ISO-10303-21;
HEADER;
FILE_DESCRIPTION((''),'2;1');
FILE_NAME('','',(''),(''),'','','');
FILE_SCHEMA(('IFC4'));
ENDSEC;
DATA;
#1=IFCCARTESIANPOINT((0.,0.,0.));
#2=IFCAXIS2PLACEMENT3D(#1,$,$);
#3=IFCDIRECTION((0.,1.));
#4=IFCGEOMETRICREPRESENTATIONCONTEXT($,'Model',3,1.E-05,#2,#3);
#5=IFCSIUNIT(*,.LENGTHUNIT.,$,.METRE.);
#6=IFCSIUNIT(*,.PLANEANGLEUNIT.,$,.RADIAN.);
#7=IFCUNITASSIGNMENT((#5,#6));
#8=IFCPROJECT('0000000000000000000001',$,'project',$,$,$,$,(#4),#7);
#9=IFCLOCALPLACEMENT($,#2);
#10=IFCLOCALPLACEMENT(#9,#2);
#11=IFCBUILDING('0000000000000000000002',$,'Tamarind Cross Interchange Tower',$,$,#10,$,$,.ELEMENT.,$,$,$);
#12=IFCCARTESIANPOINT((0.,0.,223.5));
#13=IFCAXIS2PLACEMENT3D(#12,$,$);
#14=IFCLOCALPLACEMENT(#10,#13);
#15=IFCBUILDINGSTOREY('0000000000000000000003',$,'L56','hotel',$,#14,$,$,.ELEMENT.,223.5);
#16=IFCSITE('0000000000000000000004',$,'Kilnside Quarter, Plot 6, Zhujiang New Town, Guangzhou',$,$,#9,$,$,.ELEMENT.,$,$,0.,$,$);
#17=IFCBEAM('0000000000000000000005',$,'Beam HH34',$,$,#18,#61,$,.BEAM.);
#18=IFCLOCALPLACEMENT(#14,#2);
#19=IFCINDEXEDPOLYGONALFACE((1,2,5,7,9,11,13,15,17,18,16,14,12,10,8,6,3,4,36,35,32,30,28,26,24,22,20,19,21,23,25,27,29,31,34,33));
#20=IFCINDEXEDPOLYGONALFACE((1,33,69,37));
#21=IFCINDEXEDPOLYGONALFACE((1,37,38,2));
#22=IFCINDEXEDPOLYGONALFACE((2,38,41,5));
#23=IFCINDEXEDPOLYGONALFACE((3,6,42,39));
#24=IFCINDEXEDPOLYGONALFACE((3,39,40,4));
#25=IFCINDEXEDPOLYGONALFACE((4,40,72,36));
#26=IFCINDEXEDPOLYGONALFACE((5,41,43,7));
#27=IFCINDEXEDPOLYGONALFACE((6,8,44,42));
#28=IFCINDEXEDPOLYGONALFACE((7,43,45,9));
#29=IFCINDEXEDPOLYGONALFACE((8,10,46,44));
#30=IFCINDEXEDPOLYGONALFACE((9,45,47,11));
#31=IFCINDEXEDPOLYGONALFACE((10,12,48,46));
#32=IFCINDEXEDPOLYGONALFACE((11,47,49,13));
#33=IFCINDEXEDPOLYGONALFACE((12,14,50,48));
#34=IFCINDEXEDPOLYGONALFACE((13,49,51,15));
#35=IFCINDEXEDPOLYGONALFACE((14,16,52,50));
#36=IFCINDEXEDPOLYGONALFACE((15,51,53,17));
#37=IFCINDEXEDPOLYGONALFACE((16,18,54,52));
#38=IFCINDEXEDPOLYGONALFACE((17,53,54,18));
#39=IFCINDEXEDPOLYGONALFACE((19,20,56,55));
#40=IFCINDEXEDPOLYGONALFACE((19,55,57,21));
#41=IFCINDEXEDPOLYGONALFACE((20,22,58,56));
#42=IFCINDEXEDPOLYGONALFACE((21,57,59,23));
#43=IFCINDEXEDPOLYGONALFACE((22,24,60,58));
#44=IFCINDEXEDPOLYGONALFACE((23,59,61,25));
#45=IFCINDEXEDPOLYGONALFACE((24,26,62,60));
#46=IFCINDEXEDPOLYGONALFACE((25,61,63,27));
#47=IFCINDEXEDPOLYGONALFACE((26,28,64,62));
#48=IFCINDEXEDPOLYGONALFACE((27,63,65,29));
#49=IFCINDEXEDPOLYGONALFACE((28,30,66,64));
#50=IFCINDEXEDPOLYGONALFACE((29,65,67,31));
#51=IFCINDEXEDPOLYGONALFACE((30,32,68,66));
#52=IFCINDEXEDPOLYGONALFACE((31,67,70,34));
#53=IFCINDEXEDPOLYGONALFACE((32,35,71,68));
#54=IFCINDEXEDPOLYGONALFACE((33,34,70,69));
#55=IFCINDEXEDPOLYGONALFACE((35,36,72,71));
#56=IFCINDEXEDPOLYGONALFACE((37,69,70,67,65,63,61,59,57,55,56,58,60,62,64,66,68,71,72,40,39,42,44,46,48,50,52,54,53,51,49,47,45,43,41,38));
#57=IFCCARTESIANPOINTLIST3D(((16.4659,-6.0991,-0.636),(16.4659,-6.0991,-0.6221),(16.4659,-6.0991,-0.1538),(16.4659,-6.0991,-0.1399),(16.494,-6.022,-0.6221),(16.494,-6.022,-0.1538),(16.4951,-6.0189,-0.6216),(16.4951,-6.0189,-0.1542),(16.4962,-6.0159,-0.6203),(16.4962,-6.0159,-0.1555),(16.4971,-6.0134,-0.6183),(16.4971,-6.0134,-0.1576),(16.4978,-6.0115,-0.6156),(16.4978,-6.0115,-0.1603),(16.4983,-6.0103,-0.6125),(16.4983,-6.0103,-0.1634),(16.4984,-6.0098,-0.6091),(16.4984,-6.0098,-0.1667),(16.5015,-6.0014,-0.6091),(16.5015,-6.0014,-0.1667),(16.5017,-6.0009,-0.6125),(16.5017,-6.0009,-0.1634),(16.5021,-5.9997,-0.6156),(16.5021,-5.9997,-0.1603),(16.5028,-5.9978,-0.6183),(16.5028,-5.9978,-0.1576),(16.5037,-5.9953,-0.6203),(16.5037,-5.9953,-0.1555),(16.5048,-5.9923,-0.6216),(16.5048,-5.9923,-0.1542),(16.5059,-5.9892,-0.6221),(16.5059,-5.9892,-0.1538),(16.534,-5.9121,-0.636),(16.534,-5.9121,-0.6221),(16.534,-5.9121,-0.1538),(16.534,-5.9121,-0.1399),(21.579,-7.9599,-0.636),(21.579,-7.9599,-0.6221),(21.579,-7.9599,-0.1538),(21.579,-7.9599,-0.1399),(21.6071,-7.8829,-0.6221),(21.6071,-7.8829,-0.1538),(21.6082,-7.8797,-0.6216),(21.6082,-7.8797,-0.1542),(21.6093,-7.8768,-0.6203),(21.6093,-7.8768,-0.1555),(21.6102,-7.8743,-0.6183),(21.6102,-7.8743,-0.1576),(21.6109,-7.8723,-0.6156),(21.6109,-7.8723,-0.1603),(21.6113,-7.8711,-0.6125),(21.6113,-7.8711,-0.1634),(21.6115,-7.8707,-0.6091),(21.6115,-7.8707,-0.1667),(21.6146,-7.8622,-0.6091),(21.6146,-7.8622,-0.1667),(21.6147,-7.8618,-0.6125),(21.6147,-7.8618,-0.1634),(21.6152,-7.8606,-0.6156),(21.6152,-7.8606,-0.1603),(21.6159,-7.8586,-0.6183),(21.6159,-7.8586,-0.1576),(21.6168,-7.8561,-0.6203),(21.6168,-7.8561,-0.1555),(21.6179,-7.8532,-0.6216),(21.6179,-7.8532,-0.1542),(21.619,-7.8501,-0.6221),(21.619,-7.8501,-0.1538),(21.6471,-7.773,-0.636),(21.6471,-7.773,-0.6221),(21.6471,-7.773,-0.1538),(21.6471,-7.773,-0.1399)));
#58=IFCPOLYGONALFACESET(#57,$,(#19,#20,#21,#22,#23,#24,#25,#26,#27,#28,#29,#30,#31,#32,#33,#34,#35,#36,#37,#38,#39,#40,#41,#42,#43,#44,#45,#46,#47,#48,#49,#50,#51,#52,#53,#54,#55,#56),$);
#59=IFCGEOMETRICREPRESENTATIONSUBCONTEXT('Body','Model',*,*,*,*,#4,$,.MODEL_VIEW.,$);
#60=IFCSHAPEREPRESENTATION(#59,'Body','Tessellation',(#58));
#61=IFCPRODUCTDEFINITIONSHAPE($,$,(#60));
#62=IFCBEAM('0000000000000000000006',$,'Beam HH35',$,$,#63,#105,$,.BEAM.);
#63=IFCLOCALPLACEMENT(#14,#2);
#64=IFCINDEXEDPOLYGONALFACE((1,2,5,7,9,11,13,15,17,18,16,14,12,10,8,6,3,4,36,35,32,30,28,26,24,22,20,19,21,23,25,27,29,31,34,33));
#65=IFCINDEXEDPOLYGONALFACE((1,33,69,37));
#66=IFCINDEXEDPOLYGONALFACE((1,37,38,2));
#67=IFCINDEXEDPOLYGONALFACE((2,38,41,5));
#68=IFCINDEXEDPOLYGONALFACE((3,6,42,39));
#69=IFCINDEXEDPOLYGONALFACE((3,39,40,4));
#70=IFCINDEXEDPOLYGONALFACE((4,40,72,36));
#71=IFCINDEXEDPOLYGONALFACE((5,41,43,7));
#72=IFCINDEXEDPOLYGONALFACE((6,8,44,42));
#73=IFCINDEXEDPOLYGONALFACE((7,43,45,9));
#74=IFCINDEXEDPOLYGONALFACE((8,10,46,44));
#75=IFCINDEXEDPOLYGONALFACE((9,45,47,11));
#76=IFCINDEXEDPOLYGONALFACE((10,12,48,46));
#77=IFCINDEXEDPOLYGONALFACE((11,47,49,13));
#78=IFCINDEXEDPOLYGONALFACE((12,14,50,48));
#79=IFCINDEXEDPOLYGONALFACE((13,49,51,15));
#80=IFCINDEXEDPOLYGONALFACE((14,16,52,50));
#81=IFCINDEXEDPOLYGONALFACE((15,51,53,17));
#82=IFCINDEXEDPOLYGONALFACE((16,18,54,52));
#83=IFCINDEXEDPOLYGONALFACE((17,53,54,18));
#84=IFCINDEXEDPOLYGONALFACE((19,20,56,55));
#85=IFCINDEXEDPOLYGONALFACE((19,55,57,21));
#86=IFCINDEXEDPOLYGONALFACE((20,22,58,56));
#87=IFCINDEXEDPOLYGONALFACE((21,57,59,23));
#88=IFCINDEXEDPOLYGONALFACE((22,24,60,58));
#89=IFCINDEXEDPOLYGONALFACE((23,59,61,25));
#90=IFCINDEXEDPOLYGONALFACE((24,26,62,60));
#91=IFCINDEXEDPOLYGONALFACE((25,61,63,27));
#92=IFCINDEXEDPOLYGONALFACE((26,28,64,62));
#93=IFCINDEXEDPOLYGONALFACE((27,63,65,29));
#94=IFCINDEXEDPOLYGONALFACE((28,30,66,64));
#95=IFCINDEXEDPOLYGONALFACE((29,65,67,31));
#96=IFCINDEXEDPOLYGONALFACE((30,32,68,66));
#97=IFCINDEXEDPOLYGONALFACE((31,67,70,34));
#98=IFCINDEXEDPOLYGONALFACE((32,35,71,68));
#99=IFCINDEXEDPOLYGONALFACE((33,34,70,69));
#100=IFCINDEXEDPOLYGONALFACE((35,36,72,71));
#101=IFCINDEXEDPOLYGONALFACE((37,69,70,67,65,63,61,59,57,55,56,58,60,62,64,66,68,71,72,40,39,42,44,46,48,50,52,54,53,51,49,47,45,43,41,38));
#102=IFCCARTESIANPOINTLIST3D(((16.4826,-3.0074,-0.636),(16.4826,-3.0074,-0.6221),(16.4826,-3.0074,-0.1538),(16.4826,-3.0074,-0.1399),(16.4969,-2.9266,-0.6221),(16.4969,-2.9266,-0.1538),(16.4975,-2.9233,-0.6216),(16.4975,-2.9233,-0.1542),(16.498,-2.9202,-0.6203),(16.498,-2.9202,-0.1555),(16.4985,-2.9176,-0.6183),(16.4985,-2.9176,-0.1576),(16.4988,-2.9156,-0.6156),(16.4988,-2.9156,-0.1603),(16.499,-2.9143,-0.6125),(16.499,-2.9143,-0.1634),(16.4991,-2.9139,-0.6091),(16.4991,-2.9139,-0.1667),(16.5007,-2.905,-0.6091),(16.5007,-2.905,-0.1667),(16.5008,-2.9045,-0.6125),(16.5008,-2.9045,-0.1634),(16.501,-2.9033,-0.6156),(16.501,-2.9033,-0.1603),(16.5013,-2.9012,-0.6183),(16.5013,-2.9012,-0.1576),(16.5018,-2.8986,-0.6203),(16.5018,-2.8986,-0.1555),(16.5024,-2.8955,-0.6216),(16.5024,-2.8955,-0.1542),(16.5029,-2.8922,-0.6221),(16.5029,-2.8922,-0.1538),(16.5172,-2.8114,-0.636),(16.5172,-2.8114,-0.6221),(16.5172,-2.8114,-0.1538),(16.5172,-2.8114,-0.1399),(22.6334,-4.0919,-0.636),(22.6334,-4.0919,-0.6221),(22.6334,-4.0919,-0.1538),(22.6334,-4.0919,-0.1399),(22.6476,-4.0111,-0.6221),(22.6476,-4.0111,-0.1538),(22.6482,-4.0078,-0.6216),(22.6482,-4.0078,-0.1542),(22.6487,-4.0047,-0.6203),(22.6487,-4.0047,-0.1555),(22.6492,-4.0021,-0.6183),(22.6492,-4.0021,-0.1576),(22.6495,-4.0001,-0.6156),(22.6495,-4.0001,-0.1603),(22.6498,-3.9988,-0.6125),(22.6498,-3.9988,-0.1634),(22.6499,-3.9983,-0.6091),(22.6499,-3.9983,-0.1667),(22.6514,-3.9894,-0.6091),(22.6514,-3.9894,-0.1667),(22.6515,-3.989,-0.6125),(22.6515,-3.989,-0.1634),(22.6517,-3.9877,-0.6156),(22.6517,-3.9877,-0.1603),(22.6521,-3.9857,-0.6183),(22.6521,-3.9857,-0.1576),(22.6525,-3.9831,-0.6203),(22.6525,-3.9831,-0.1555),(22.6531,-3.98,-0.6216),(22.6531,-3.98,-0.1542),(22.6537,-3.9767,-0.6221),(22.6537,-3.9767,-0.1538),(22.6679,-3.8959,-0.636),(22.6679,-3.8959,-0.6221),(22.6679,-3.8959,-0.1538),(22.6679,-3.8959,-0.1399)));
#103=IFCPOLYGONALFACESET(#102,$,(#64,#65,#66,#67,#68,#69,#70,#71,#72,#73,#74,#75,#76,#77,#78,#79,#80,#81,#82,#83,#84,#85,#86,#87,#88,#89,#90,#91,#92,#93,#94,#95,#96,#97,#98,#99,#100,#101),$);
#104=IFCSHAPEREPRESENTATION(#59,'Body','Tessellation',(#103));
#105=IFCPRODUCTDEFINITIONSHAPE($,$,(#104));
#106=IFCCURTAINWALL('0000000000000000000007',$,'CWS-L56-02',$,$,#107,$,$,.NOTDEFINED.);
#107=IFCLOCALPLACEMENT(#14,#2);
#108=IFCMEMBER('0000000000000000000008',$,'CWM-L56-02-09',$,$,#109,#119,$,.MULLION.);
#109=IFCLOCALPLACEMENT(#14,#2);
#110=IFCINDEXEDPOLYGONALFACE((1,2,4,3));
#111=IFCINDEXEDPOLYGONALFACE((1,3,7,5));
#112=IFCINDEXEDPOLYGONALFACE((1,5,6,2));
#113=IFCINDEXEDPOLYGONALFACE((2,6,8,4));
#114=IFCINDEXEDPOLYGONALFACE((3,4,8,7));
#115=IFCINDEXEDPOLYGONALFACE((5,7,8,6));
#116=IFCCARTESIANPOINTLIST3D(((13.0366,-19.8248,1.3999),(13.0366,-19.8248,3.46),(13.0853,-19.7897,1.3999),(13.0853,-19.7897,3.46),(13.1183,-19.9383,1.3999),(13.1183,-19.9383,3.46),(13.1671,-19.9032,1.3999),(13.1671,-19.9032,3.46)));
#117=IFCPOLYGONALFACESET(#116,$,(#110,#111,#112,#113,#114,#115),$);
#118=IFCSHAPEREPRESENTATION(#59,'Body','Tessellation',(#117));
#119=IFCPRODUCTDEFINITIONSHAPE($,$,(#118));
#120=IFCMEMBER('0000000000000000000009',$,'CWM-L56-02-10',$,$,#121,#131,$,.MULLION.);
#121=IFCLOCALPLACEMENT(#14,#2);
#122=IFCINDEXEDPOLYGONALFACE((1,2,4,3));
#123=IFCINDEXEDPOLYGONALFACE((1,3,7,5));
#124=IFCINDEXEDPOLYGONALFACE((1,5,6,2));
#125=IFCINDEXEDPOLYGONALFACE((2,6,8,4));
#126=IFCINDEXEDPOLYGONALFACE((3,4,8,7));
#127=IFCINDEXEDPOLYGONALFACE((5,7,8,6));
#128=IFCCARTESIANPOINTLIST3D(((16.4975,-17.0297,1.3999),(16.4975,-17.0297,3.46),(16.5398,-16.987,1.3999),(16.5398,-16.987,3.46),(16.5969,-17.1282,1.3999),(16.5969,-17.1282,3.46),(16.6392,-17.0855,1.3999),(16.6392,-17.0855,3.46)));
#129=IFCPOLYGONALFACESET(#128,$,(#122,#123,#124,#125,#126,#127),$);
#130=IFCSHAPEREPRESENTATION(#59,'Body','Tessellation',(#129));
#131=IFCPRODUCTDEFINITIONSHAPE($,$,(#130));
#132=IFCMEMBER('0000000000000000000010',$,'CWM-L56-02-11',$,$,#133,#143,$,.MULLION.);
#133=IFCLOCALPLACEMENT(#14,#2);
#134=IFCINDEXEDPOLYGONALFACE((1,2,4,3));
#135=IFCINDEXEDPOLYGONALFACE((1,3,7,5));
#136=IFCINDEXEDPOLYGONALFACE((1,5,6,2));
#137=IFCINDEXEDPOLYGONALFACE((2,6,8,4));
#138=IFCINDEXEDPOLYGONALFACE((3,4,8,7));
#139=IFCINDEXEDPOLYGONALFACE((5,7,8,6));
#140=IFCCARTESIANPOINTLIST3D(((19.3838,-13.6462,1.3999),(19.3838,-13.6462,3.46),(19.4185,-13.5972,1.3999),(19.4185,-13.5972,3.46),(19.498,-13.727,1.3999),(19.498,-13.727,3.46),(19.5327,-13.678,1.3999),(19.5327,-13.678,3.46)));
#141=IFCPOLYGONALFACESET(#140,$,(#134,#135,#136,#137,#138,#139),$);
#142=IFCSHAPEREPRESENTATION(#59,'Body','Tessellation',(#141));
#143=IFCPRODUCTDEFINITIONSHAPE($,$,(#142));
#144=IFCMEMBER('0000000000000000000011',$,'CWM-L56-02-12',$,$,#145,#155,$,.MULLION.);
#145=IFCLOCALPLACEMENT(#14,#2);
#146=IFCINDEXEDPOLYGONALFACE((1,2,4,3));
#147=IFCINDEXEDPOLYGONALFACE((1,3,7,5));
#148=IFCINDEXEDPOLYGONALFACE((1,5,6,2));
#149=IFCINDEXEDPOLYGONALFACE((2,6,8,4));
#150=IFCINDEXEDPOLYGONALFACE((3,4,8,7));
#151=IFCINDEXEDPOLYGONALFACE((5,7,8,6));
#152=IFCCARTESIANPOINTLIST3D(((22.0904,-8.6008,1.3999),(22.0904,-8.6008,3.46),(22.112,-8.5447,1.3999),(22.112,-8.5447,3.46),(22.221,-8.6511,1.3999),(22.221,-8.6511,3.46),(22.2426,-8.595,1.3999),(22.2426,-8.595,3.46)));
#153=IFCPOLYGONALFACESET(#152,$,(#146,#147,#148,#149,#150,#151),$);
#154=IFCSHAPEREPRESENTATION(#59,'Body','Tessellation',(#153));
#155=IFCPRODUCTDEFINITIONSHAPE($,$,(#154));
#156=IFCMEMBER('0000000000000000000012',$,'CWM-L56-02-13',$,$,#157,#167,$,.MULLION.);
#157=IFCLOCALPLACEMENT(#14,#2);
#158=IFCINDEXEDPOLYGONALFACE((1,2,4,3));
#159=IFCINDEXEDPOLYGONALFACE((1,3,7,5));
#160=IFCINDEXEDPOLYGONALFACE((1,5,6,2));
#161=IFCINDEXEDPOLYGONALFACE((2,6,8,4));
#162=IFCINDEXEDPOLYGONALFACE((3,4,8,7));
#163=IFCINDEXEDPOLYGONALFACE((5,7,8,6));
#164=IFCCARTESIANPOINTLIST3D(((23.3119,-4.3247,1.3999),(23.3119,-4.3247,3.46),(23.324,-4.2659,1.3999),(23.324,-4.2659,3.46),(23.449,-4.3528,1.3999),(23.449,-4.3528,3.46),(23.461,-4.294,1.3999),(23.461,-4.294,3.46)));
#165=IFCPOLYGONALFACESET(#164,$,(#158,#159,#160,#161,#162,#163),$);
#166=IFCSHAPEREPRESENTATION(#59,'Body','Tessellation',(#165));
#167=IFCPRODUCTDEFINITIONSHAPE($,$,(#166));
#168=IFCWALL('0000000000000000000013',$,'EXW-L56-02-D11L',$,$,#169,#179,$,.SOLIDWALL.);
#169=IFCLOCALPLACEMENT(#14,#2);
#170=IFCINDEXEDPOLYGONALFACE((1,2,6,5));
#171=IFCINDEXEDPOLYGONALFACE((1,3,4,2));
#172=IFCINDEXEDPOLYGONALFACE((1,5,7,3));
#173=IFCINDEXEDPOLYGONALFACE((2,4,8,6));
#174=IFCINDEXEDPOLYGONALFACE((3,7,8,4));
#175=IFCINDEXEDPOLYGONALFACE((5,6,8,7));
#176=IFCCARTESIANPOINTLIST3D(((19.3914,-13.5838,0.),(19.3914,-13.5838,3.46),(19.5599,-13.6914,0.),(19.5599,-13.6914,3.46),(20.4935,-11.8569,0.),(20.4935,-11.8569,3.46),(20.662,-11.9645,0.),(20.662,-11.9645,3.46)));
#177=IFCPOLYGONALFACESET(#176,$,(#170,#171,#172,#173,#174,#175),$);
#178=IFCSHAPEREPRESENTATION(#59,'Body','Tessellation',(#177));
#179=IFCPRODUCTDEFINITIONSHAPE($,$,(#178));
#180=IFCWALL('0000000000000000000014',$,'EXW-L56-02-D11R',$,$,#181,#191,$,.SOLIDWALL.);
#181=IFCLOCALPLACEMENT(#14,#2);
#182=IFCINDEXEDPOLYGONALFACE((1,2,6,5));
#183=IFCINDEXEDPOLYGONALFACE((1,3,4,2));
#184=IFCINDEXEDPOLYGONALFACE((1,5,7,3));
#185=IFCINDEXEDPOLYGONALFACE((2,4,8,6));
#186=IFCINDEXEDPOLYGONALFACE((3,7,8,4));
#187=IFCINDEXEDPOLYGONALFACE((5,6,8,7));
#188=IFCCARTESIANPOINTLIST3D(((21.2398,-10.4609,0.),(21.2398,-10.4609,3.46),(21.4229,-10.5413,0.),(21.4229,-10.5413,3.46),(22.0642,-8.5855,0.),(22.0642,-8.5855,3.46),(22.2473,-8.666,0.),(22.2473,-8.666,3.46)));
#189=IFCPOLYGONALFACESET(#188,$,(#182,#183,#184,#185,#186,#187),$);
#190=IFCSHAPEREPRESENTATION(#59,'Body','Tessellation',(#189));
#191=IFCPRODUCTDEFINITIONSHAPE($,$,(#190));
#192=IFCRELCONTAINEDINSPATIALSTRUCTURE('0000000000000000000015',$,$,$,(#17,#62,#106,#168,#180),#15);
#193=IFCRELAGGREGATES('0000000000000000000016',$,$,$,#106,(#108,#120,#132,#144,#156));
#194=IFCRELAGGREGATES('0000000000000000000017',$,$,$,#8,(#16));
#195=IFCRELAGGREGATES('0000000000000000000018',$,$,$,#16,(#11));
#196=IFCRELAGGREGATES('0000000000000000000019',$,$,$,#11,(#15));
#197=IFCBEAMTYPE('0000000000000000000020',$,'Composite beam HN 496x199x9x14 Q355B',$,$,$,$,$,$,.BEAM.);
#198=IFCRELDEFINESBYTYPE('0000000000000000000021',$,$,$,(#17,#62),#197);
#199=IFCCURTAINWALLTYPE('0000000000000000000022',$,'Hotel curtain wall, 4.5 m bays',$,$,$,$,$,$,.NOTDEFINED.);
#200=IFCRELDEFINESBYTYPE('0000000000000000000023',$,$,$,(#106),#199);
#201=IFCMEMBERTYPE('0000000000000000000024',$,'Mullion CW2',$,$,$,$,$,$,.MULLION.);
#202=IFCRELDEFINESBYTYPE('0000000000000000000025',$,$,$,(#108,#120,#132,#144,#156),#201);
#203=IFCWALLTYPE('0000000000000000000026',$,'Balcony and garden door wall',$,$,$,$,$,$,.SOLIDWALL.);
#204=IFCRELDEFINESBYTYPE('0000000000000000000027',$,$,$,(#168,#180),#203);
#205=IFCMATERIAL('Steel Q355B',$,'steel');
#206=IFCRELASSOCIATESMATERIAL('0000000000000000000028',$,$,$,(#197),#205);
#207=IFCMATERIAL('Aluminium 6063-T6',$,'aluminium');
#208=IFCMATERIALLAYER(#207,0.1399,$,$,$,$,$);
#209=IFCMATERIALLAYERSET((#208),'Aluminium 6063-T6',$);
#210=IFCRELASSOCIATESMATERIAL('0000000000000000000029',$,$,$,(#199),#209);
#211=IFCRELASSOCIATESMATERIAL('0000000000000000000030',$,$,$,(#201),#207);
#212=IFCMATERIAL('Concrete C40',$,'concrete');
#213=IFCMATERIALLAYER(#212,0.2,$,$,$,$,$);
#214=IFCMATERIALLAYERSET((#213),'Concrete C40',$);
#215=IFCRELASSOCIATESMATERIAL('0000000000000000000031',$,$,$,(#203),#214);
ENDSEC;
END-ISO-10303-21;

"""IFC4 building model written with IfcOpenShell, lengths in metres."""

from ifc_helpers import new_model, si_unit, direction, frame, frame_2d, origin, origin_2d, place, context, subcontext, project, spatial, rectangle, i_section, extrude, material, layer, layer_set, material_profile, profile_set, type_object, element, aggregate, save


model = new_model("IFC4")

# Units and contexts
model_context = context("Model", 3, precision=1e-05, world=origin(), true_north=direction((0.0, 1.0)))
body_context = subcontext(model_context, "Body", "Model", "MODEL_VIEW")
ifc_project = project(units=[si_unit("LENGTHUNIT", "METRE"), si_unit("PLANEANGLEUNIT", "RADIAN")], contexts=[model_context])

# Site, building, storey
site_placement = place(None, origin())
site = spatial("IfcSite", under=ifc_project, at=site_placement, Name="Kilnside Quarter, Plot 6, Zhujiang New Town, Guangzhou", CompositionType="ELEMENT", RefElevation=0.0)
building_placement = place(site_placement, origin())
building = spatial("IfcBuilding", under=site, at=building_placement, Name="Tamarind Cross Interchange Tower", CompositionType="ELEMENT")
storey_placement = place(building_placement, frame((0.0, 0.0, 223.5)))
storey = spatial("IfcBuildingStorey", under=building, at=storey_placement, Name="L56", Description="hotel", CompositionType="ELEMENT", Elevation=223.5)

# Beams
ifc_material_1 = material(Name="Steel Q355B", Category="steel")
ifc_material_profile_1 = material_profile(ifc_material_1, i_section(OverallWidth=0.199, OverallDepth=0.4961, WebThickness=0.009, FlangeThickness=0.0139, FilletRadius=0.0129, at=origin_2d()), Name="HN 496x199x9x14")
ifc_profile_set_1 = profile_set([ifc_material_profile_1], Name="Steel Q355B")
beam_type = type_object("IfcBeamType", Name="Composite beam HN 496x199x9x14 Q355B", PredefinedType="BEAM", material=ifc_profile_set_1)
beam_1_placement = place(storey_placement, frame((21.613, -7.8665, -0.3879), z_axis=(-0.939702, 0.341995, 0.0), x_axis=(-0.341995, -0.939702, 0.0)))
element("IfcBeam", 1, at=beam_1_placement, inside=storey, type_object=beam_type, Name="Beam HH34", PredefinedType="BEAM", context=body_context, shape_type="SweptSolid", body=[
    extrude(i_section(OverallWidth=0.199, OverallDepth=0.4961, WebThickness=0.009, FlangeThickness=0.0139, FilletRadius=0.0129, at=origin_2d()), origin(), (0.0, 0.0, 1.0), 5.4412),
])
beam_2_placement = place(storey_placement, frame((22.6506, -3.9939, -0.3879), z_axis=(-0.984809, 0.17364, 0.0), x_axis=(-0.17364, -0.984809, 0.0)))
element("IfcBeam", 2, at=beam_2_placement, inside=storey, type_object=beam_type, Name="Beam HH35", PredefinedType="BEAM", context=body_context, shape_type="SweptSolid", body=[
    extrude(i_section(OverallWidth=0.199, OverallDepth=0.4961, WebThickness=0.009, FlangeThickness=0.0139, FilletRadius=0.0129, at=origin_2d()), origin(), (0.0, 0.0, 1.0), 6.2456),
])

# Curtain wall, members
ifc_material_2 = material(Name="Aluminium 6063-T6", Category="aluminium")
ifc_layer_1 = layer(ifc_material_2, 0.1399)
ifc_layer_set_1 = layer_set([ifc_layer_1], Name="Aluminium 6063-T6")
curtain_wall_type = type_object("IfcCurtainWallType", Name="Hotel curtain wall, 4.5 m bays", PredefinedType="NOTDEFINED", material=ifc_layer_set_1)
curtain_wall_placement = place(storey_placement, origin())
curtain_wall = element("IfcCurtainWall", 3, at=curtain_wall_placement, inside=storey, type_object=curtain_wall_type, Name="CWS-L56-02", PredefinedType="NOTDEFINED")
ifc_material_profile_2 = material_profile(ifc_material_2, rectangle(XDim=0.0601, YDim=0.1399, at=origin_2d()), Name="Mullion CW2")
ifc_profile_set_2 = profile_set([ifc_material_profile_2], Name="Aluminium 6063-T6")
member_type = type_object("IfcMemberType", Name="Mullion CW2", PredefinedType="MULLION", material=ifc_profile_set_2)
member_1_placement = place(storey_placement, frame((13.1018, -19.864, 1.3999), z_axis=(0.0, 0.0, 1.0), x_axis=(0.81134, 0.584574, 0.0)))
member_1 = element("IfcMember", 4, at=member_1_placement, type_object=member_type, Name="CWM-L56-02-09", PredefinedType="MULLION", context=body_context, shape_type="SweptSolid", body=[
    extrude(rectangle(XDim=0.0601, YDim=0.1399, at=origin_2d()), origin(), (0.0, 0.0, 1.0), 2.0601),
])
member_2_placement = place(storey_placement, frame((16.5684, -17.0576, 1.3999), z_axis=(0.0, 0.0, 1.0), x_axis=(0.704057, 0.710143, 0.0)))
member_2 = element("IfcMember", 5, at=member_2_placement, type_object=member_type, Name="CWM-L56-02-10", PredefinedType="MULLION", context=body_context, shape_type="SweptSolid", body=[
    extrude(rectangle(XDim=0.0601, YDim=0.1399, at=origin_2d()), origin(), (0.0, 0.0, 1.0), 2.0601),
])
member_3_placement = place(storey_placement, frame((19.4583, -13.6621, 1.3999), z_axis=(0.0, 0.0, 1.0), x_axis=(0.577569, 0.816342, 0.0)))
member_3 = element("IfcMember", 6, at=member_3_placement, type_object=member_type, Name="CWM-L56-02-11", PredefinedType="MULLION", context=body_context, shape_type="SweptSolid", body=[
    extrude(rectangle(XDim=0.0601, YDim=0.1399, at=origin_2d()), origin(), (0.0, 0.0, 1.0), 2.0601),
])
member_4_placement = place(storey_placement, frame((22.1665, -8.5979, 1.3999), z_axis=(0.0, 0.0, 1.0), x_axis=(0.359495, 0.933147, 0.0)))
member_4 = element("IfcMember", 7, at=member_4_placement, type_object=member_type, Name="CWM-L56-02-12", PredefinedType="MULLION", context=body_context, shape_type="SweptSolid", body=[
    extrude(rectangle(XDim=0.0601, YDim=0.1399, at=origin_2d()), origin(), (0.0, 0.0, 1.0), 2.0601),
])
member_5_placement = place(storey_placement, frame((23.3865, -4.3093, 1.3999), z_axis=(0.0, 0.0, 1.0), x_axis=(0.201001, 0.979591, 0.0)))
member_5 = element("IfcMember", 8, at=member_5_placement, type_object=member_type, Name="CWM-L56-02-13", PredefinedType="MULLION", context=body_context, shape_type="SweptSolid", body=[
    extrude(rectangle(XDim=0.0601, YDim=0.1399, at=origin_2d()), origin(), (0.0, 0.0, 1.0), 2.0601),
])
aggregate(curtain_wall, [member_1, member_2, member_3, member_4, member_5])

# Walls
ifc_material_3 = material(Name="Concrete C40", Category="concrete")
ifc_layer_2 = layer(ifc_material_3, 0.2)
ifc_layer_set_2 = layer_set([ifc_layer_2], Name="Concrete C40")
wall_type_1 = type_object("IfcWallType", Name="Balcony and garden door wall", PredefinedType="SOLIDWALL", material=ifc_layer_set_2)
for number, where, z_axis, x_axis, name in (
    (9, (19.4756, -13.6377, 0.0), (0.0, 0.0, 1.0), (0.537978, 0.842959, 0.0), "EXW-L56-02-D11L"),
    (10, (21.3313, -10.5012, 0.0), (0.0, 0.0, 1.0), (0.402431, 0.91545, 0.0), "EXW-L56-02-D11R"),
):
    element("IfcWall", number, at=place(storey_placement, frame(where, z_axis=z_axis, x_axis=x_axis)), inside=storey, type_object=wall_type_1, Name=name, PredefinedType="SOLIDWALL", context=body_context, shape_type="SweptSolid", body=[
        extrude(rectangle(XDim=2.0486, YDim=0.2, at=frame_2d((1.0244, 0.0))), origin(), (0.0, 0.0, 1.0), 3.46),
    ])

save(model, "model.ifc")
